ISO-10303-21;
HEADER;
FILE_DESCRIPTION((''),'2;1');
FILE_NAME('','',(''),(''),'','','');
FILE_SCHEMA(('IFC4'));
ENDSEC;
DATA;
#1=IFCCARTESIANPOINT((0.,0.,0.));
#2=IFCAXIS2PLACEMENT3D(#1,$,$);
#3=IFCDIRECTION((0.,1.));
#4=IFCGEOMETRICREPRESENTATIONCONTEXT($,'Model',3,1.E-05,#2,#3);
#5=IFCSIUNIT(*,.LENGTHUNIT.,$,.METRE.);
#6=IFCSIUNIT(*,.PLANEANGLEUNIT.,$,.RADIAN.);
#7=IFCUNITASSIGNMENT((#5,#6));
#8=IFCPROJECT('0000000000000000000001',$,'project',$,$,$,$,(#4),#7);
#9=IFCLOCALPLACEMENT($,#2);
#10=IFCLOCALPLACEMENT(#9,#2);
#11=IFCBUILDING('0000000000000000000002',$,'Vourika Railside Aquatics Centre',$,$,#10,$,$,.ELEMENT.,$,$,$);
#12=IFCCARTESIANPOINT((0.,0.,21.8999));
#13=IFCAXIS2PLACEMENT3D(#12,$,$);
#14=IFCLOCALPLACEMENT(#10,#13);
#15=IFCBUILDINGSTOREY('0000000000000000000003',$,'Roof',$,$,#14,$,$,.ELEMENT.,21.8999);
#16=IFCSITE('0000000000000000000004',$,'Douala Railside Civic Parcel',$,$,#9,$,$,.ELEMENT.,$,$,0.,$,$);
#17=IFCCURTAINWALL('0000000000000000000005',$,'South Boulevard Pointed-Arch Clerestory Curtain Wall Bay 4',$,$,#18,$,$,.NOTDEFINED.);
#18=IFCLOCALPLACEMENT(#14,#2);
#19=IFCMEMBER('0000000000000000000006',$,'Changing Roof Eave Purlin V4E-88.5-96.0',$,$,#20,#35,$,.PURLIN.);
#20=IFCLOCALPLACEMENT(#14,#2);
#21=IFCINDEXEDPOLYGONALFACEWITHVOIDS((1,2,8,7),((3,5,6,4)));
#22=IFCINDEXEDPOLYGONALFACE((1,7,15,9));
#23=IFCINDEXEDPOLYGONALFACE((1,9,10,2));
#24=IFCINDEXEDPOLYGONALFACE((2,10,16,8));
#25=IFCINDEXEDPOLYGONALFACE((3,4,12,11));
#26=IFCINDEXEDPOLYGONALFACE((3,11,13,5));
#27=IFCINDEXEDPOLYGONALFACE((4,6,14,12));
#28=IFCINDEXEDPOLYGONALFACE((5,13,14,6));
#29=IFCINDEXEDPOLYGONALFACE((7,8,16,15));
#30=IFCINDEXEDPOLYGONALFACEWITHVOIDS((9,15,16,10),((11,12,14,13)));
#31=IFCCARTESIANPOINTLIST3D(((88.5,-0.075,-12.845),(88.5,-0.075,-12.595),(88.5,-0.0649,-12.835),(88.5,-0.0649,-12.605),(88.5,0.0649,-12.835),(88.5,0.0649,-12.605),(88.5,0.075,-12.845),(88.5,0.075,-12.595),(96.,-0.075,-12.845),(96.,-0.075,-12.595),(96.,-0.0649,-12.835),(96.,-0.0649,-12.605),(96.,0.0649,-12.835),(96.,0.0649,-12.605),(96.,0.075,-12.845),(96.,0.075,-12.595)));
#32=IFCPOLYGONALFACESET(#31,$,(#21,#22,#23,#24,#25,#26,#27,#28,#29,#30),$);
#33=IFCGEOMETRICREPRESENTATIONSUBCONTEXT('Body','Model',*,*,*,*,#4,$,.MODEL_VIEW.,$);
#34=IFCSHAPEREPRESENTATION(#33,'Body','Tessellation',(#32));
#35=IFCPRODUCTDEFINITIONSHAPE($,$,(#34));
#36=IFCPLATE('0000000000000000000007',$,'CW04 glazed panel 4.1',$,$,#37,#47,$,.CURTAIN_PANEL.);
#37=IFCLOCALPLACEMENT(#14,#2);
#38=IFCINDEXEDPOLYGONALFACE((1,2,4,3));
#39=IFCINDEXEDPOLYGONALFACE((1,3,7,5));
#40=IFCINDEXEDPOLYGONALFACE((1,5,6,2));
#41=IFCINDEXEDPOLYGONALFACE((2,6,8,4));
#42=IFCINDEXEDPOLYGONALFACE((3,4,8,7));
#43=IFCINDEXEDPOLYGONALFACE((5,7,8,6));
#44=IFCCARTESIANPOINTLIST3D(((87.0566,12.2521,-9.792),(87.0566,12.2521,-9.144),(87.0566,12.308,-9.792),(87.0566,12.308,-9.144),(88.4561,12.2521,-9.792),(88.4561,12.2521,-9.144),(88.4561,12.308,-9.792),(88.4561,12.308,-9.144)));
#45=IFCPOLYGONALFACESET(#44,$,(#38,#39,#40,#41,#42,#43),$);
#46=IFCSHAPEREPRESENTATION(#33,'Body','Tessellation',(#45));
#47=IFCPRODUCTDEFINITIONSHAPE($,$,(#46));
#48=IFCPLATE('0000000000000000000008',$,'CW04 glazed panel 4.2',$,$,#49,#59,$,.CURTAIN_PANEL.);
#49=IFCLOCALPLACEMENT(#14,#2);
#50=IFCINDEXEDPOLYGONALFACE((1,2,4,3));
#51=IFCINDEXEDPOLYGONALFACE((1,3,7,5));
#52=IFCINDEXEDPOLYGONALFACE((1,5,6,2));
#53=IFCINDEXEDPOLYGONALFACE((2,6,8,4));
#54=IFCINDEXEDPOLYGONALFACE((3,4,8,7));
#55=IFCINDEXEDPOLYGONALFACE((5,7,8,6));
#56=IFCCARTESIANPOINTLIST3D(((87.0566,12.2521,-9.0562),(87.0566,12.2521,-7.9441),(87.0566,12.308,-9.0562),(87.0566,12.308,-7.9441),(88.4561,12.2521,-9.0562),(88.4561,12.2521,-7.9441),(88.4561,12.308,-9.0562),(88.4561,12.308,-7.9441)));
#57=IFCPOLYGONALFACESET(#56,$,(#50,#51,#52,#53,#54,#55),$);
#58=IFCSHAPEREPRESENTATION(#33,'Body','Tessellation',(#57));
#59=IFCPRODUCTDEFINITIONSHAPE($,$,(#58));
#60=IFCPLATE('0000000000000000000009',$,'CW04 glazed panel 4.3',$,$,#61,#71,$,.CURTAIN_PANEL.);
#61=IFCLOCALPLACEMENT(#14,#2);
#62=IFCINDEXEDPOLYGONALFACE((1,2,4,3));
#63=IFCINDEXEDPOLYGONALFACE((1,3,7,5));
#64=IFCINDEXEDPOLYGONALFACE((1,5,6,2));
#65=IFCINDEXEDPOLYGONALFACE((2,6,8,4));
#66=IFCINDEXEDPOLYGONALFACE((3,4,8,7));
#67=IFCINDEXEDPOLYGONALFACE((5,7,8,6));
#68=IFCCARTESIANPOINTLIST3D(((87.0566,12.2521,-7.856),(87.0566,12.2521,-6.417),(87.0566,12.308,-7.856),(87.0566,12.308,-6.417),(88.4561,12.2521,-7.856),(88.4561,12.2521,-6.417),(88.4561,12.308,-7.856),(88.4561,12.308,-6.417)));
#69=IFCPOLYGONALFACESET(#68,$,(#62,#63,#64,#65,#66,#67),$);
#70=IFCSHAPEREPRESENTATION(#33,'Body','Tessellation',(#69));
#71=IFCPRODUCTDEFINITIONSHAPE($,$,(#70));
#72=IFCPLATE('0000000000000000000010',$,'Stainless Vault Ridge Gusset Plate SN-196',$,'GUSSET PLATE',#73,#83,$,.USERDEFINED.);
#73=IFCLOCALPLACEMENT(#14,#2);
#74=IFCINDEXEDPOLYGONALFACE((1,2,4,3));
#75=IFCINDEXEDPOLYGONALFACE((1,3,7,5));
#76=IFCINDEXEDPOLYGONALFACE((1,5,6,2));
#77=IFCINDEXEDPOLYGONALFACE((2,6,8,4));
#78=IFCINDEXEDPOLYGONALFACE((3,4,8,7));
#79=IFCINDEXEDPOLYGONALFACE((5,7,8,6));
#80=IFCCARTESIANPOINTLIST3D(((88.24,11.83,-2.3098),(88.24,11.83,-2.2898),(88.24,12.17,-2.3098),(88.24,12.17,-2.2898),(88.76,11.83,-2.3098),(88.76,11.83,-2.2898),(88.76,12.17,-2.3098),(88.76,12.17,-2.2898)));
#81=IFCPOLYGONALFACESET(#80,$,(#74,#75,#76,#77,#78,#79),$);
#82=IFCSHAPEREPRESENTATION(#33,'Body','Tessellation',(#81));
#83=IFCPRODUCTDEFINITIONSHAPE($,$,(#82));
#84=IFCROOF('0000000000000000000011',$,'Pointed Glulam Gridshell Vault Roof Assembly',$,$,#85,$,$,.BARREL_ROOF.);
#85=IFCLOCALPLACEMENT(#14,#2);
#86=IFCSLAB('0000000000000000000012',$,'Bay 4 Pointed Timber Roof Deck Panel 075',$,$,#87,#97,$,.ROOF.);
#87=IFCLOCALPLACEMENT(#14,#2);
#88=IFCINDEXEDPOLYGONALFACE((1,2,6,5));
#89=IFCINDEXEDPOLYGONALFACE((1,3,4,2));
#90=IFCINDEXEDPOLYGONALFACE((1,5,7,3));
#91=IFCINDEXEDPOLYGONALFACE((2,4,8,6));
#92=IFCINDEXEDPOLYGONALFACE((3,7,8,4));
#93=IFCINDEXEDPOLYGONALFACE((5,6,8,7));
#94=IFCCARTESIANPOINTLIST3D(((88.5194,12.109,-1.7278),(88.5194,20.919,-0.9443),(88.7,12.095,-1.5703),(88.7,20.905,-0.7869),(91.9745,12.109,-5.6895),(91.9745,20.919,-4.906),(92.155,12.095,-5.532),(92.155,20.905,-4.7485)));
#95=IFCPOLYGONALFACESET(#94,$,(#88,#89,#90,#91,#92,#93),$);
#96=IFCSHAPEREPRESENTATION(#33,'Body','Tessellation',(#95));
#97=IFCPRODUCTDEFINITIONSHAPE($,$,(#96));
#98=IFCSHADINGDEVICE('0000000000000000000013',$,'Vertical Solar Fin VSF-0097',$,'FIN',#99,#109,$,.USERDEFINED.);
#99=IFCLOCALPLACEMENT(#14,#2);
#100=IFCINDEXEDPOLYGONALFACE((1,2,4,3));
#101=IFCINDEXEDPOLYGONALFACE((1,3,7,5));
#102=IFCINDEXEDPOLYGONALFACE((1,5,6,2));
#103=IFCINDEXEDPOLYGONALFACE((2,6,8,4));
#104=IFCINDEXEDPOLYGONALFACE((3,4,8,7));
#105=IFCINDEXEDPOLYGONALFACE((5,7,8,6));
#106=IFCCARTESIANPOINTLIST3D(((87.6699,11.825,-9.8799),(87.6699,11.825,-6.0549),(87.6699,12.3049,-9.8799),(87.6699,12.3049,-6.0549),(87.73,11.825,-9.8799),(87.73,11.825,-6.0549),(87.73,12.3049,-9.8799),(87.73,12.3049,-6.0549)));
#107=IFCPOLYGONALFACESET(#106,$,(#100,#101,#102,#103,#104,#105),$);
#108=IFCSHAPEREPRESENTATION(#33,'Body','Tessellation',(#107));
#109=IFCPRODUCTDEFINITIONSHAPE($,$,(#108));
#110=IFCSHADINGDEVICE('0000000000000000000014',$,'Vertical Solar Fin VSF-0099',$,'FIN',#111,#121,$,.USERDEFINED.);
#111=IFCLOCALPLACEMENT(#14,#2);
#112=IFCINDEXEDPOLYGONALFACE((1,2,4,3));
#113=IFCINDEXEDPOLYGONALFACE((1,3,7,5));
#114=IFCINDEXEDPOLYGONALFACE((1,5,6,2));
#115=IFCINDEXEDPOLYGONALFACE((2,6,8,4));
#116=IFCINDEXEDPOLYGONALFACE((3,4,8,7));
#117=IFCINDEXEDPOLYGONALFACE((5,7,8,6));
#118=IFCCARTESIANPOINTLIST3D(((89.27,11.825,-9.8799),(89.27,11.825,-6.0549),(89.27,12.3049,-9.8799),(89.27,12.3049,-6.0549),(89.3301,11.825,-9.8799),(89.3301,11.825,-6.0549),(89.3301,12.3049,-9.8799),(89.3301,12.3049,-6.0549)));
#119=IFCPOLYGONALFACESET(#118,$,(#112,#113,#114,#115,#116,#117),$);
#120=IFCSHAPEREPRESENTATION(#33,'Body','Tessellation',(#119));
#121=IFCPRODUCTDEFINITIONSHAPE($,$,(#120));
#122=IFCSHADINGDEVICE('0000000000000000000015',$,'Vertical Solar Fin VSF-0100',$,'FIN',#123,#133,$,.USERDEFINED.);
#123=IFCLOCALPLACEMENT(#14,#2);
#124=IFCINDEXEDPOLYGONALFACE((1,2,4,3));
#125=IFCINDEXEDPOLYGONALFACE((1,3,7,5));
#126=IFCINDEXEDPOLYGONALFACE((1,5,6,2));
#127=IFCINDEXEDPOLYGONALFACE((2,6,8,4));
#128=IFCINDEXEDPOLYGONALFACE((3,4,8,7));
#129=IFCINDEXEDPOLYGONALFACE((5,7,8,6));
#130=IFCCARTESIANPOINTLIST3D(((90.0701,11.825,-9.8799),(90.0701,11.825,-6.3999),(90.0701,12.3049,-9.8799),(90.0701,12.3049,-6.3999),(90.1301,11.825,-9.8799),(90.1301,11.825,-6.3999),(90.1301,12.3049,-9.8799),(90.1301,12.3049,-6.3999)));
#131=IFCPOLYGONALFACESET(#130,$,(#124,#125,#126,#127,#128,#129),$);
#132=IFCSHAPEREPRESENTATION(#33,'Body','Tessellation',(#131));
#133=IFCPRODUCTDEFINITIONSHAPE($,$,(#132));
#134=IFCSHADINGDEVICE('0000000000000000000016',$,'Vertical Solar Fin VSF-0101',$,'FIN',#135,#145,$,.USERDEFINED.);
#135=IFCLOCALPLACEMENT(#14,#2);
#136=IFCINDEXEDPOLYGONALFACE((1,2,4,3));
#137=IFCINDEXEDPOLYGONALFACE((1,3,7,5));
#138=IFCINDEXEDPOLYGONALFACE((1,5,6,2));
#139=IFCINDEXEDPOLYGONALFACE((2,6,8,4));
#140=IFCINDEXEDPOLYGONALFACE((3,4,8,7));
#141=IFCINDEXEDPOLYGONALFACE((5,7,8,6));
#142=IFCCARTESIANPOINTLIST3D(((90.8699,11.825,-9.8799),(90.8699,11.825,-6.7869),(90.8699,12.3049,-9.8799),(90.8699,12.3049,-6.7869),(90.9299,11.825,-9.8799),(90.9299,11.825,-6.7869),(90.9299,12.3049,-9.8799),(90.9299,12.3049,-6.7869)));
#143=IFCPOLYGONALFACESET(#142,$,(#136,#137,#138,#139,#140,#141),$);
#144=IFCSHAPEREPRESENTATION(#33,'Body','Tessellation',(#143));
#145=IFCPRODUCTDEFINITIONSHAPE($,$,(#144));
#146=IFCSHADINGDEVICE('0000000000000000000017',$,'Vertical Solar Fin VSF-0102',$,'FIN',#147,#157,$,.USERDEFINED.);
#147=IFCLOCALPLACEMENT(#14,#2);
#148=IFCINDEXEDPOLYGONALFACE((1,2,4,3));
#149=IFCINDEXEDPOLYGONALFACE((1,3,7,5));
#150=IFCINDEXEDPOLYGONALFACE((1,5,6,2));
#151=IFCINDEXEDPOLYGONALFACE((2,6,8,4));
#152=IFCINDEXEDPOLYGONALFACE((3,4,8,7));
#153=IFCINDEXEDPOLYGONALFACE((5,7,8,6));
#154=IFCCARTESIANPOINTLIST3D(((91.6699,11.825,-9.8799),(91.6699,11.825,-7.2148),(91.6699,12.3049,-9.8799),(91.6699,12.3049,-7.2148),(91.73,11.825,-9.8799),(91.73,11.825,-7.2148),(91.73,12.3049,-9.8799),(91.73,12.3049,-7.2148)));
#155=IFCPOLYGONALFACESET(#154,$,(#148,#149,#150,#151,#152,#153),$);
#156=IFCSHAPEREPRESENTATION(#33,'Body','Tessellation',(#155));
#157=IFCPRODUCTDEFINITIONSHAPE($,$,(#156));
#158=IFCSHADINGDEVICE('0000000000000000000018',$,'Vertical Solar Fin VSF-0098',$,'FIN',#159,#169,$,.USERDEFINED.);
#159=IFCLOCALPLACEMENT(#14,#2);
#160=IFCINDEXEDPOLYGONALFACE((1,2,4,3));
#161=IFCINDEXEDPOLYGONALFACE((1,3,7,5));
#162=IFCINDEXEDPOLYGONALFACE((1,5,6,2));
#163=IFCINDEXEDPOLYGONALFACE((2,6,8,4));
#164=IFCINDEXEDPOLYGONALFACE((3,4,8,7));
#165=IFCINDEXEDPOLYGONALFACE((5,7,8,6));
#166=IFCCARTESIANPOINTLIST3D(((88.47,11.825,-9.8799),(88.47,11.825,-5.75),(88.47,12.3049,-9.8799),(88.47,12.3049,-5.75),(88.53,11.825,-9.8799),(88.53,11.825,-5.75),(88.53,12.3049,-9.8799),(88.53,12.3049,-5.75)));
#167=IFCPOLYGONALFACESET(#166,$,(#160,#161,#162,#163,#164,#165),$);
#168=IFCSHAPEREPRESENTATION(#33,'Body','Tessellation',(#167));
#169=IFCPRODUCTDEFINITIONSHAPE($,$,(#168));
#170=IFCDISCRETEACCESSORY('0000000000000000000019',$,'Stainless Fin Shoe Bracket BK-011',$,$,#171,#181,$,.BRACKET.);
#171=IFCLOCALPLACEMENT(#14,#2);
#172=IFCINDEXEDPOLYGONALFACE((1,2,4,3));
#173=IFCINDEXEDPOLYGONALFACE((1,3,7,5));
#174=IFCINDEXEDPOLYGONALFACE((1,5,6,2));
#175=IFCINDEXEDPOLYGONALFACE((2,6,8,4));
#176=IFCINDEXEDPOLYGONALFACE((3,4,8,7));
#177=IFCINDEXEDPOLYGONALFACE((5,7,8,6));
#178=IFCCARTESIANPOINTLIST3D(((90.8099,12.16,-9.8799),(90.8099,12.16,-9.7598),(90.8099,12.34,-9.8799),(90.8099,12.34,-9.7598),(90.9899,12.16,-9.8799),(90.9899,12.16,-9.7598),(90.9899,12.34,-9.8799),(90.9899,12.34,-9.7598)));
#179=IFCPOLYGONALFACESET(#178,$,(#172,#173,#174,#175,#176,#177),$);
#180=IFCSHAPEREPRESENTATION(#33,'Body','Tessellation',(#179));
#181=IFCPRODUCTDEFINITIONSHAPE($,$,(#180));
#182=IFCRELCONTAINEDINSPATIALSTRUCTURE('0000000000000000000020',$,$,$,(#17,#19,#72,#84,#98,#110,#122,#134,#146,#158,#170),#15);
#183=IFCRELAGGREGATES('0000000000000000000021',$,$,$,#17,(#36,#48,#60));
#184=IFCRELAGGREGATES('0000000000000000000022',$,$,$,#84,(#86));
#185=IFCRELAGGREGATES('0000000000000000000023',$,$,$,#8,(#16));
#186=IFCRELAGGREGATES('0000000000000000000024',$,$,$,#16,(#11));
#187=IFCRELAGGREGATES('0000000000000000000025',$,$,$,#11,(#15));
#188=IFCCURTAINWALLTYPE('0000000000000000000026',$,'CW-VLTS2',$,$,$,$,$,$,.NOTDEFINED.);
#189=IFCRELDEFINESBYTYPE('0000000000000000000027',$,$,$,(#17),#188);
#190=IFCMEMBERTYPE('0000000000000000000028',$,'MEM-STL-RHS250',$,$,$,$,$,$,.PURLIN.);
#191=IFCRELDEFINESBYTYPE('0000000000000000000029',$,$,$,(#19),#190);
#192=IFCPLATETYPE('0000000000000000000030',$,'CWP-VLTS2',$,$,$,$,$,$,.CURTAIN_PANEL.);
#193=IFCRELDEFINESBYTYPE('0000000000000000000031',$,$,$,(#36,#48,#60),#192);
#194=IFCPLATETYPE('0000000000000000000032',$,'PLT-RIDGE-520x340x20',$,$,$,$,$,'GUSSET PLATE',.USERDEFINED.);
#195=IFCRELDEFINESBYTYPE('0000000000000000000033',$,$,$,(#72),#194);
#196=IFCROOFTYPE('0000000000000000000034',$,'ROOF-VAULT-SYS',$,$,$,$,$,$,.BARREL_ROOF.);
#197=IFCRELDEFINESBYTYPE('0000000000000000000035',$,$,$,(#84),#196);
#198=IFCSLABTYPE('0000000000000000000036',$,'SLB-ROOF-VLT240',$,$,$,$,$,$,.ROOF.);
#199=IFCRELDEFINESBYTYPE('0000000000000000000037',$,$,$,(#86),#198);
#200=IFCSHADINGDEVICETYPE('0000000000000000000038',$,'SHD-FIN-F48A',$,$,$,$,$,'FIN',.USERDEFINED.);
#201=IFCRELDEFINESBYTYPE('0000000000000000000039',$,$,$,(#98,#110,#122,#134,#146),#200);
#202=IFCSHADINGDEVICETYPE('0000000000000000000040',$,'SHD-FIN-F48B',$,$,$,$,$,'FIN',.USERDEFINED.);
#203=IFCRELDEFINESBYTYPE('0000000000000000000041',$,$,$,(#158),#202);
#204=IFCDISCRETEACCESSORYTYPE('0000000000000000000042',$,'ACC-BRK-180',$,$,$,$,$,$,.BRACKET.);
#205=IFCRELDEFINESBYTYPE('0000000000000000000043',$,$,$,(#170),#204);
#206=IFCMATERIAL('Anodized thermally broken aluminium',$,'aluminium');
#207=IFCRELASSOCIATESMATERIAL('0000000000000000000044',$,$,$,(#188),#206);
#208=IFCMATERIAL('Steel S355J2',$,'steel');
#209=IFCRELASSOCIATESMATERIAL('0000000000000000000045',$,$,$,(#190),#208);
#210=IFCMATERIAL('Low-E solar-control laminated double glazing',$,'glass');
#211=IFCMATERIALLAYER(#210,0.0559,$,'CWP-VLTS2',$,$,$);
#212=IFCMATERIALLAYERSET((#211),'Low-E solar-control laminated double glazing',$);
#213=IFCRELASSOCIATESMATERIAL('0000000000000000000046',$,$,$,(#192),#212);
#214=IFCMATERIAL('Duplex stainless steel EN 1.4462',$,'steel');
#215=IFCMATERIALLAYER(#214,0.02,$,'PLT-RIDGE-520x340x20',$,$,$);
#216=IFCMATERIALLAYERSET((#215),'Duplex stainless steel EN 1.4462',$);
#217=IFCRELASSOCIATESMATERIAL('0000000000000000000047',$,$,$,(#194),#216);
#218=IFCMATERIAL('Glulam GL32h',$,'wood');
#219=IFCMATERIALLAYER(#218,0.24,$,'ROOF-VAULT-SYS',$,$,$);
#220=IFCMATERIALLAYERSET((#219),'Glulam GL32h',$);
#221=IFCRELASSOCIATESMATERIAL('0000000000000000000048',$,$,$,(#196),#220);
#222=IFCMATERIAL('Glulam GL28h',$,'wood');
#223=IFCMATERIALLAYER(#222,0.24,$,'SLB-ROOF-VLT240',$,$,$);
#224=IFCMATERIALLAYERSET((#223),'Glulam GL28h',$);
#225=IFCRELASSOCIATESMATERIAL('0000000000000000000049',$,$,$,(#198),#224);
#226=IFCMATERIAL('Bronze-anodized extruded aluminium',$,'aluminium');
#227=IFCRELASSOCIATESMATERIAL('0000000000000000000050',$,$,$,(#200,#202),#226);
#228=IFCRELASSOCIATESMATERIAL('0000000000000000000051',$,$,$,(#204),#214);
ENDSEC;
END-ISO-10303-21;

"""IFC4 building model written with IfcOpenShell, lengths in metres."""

from ifc_helpers import new_model, si_unit, direction, frame, origin, origin_2d, place, context, subcontext, project, spatial, polyline, rectangle, hollow_rectangle, outline, extrude, material, layer, layer_set, material_profile, profile_set, type_object, element, aggregate, save


model = new_model("IFC4")

# Units and contexts
model_context = context("Model", 3, precision=1e-05, world=origin(), true_north=direction((0.0, 1.0)))
body_context = subcontext(model_context, "Body", "Model", "MODEL_VIEW")
ifc_project = project(units=[si_unit("LENGTHUNIT", "METRE"), si_unit("PLANEANGLEUNIT", "RADIAN")], contexts=[model_context])

# Site, building, storey
site_placement = place(None, origin())
site = spatial("IfcSite", under=ifc_project, at=site_placement, Name="Douala Railside Civic Parcel", CompositionType="ELEMENT", RefElevation=0.0)
building_placement = place(site_placement, origin())
building = spatial("IfcBuilding", under=site, at=building_placement, Name="Vourika Railside Aquatics Centre", CompositionType="ELEMENT")
storey_placement = place(building_placement, frame((0.0, 0.0, 21.8999)))
storey = spatial("IfcBuildingStorey", under=building, at=storey_placement, Name="Roof", CompositionType="ELEMENT", Elevation=21.8999)

# Shared definitions
ifc_material_1 = material(Name="Steel S355J2", Category="steel")

# Shared definitions
ifc_material_2 = material(Name="Glulam GL32h", Category="wood")

# Curtain wall
ifc_material_3 = material(Name="Anodized thermally broken aluminium", Category="aluminium")
curtain_wall_type = type_object("IfcCurtainWallType", Name="CW-VLTS2", PredefinedType="NOTDEFINED", material=ifc_material_3)
curtain_wall_placement = place(storey_placement, origin())
curtain_wall = element("IfcCurtainWall", 1, at=curtain_wall_placement, inside=storey, type_object=curtain_wall_type, Name="South Boulevard Pointed-Arch Clerestory Curtain Wall Bay 4", PredefinedType="NOTDEFINED")

# Member
ifc_material_4 = material(Name="Glulam GL28h", Category="wood")
ifc_material_profile_1 = material_profile(ifc_material_1, hollow_rectangle(XDim=0.1499, YDim=0.25, WallThickness=0.01, at=origin_2d()), Name="RHS 250x150x10")
ifc_profile_set_1 = profile_set([ifc_material_profile_1], Name="Steel S355J2")
member_type_1 = type_object("IfcMemberType", Name="MEM-STL-RHS250", PredefinedType="PURLIN", material=ifc_profile_set_1)
member_1_placement = place(storey_placement, frame((88.5, 0.0, -12.72), z_axis=(1.0, 0.0, 0.0), x_axis=(0.0, 1.0, 0.0)))
element("IfcMember", 2, at=member_1_placement, inside=storey, type_object=member_type_1, Name="Changing Roof Eave Purlin V4E-88.5-96.0", PredefinedType="PURLIN", context=body_context, shape_type="SweptSolid", body=[
    extrude(hollow_rectangle(XDim=0.1499, YDim=0.25, WallThickness=0.01, at=origin_2d()), origin(), (0.0, 0.0, 1.0), 7.5),
])

# Plates
ifc_material_5 = material(Name="Low-E solar-control laminated double glazing", Category="glass")
ifc_layer_1 = layer(ifc_material_5, 0.0559, Name="CWP-VLTS2")
ifc_layer_set_1 = layer_set([ifc_layer_1], Name="Low-E solar-control laminated double glazing")
plate_type_1 = type_object("IfcPlateType", Name="CWP-VLTS2", PredefinedType="CURTAIN_PANEL", material=ifc_layer_set_1)
plate_1_placement = place(storey_placement, frame((87.7563, 12.28, -9.792), z_axis=(0.0, 0.0, 1.0), x_axis=(1.0, 0.0, 0.0)))
plate_1 = element("IfcPlate", 3, at=plate_1_placement, type_object=plate_type_1, Name="CW04 glazed panel 4.1", PredefinedType="CURTAIN_PANEL", context=body_context, shape_type="SweptSolid", body=[
    extrude(rectangle(XDim=1.3994, YDim=0.0559, at=origin_2d()), origin(), (0.0, 0.0, 1.0), 0.6479),
])
plate_2_placement = place(storey_placement, frame((87.7563, 12.28, -9.0562), z_axis=(0.0, 0.0, 1.0), x_axis=(1.0, 0.0, 0.0)))
plate_2 = element("IfcPlate", 4, at=plate_2_placement, type_object=plate_type_1, Name="CW04 glazed panel 4.2", PredefinedType="CURTAIN_PANEL", context=body_context, shape_type="SweptSolid", body=[
    extrude(rectangle(XDim=1.3994, YDim=0.0559, at=origin_2d()), origin(), (0.0, 0.0, 1.0), 1.1121),
])
plate_3_placement = place(storey_placement, frame((87.7563, 12.28, -7.856), z_axis=(0.0, 0.0, 1.0), x_axis=(1.0, 0.0, 0.0)))
plate_3 = element("IfcPlate", 5, at=plate_3_placement, type_object=plate_type_1, Name="CW04 glazed panel 4.3", PredefinedType="CURTAIN_PANEL", context=body_context, shape_type="SweptSolid", body=[
    extrude(rectangle(XDim=1.3994, YDim=0.0559, at=origin_2d()), origin(), (0.0, 0.0, 1.0), 1.439),
])
aggregate(curtain_wall, [plate_1, plate_2, plate_3])
ifc_material_6 = material(Name="Duplex stainless steel EN 1.4462", Category="steel")
ifc_layer_2 = layer(ifc_material_6, 0.02, Name="PLT-RIDGE-520x340x20")
ifc_layer_set_2 = layer_set([ifc_layer_2], Name="Duplex stainless steel EN 1.4462")
plate_type_2 = type_object("IfcPlateType", Name="PLT-RIDGE-520x340x20", ElementType="GUSSET PLATE", PredefinedType="USERDEFINED", material=ifc_layer_set_2)
plate_4_placement = place(storey_placement, frame((88.5, 12.0, -2.3098), z_axis=(0.0, 0.0, 1.0), x_axis=(1.0, 0.0, 0.0)))
element("IfcPlate", 6, at=plate_4_placement, inside=storey, type_object=plate_type_2, Name="Stainless Vault Ridge Gusset Plate SN-196", ObjectType="GUSSET PLATE", PredefinedType="USERDEFINED", context=body_context, shape_type="SweptSolid", body=[
    extrude(rectangle(XDim=0.52, YDim=0.3401, at=origin_2d()), origin(), (0.0, 0.0, 1.0), 0.02),
])

# Roof, slab
ifc_layer_3 = layer(ifc_material_2, 0.24, Name="ROOF-VAULT-SYS")
ifc_layer_set_3 = layer_set([ifc_layer_3], Name="Glulam GL32h")
roof_type = type_object("IfcRoofType", Name="ROOF-VAULT-SYS", PredefinedType="BARREL_ROOF", material=ifc_layer_set_3)
roof_placement = place(storey_placement, origin())
roof = element("IfcRoof", 7, at=roof_placement, inside=storey, type_object=roof_type, Name="Pointed Glulam Gridshell Vault Roof Assembly", PredefinedType="BARREL_ROOF")
ifc_layer_4 = layer(ifc_material_4, 0.24, Name="SLB-ROOF-VLT240")
ifc_layer_set_4 = layer_set([ifc_layer_4], Name="Glulam GL28h")
slab_type = type_object("IfcSlabType", Name="SLB-ROOF-VLT240", PredefinedType="ROOF", material=ifc_layer_set_4)
slab_placement = place(storey_placement, frame((88.7, 12.095, -1.5703), z_axis=(0.752365, -0.05835, 0.656157), x_axis=(0.657277, 0.0, -0.753649)))
slab = element("IfcSlab", 8, at=slab_placement, type_object=slab_type, Name="Bay 4 Pointed Timber Roof Deck Panel 075", PredefinedType="ROOF", context=body_context, shape_type="SweptSolid", body=[
    extrude(outline(polyline([(0.0, 0.0), (5.2567, 0.0), (4.6662, 8.8251), (-0.5904, 8.8251), (0.0, 0.0)])), origin(), (0.0, 0.0, -1.0), 0.24),
])
aggregate(roof, [slab])

# Shading devices
ifc_material_7 = material(Name="Bronze-anodized extruded aluminium", Category="aluminium")
ifc_material_profile_2 = material_profile(ifc_material_7, rectangle(XDim=0.0601, YDim=0.48, at=origin_2d()), Name="ALU-FIN 60x480")
ifc_profile_set_2 = profile_set([ifc_material_profile_2], Name="Bronze-anodized extruded aluminium")
shading_device_type_1 = type_object("IfcShadingDeviceType", Name="SHD-FIN-F48A", ElementType="FIN", PredefinedType="USERDEFINED", material=ifc_profile_set_2)
for number, where, z_axis, x_axis, name in (
    (9, (87.7, 12.0649, -9.8799), (0.0, 0.0, 1.0), (-1.0, 0.0, 0.0), "Vertical Solar Fin VSF-0097"),
    (10, (89.3, 12.0649, -9.8799), (0.0, 0.0, 1.0), (-1.0, 0.0, 0.0), "Vertical Solar Fin VSF-0099"),
):
    element("IfcShadingDevice", number, at=place(storey_placement, frame(where, z_axis=z_axis, x_axis=x_axis)), inside=storey, type_object=shading_device_type_1, Name=name, ObjectType="FIN", PredefinedType="USERDEFINED", context=body_context, shape_type="SweptSolid", body=[
        extrude(rectangle(XDim=0.0601, YDim=0.48, at=origin_2d()), origin(), (0.0, 0.0, 1.0), 3.825),
    ])
shading_device_1_placement = place(storey_placement, frame((90.1001, 12.0649, -9.8799), z_axis=(0.0, 0.0, 1.0), x_axis=(-1.0, 0.0, 0.0)))
element("IfcShadingDevice", 11, at=shading_device_1_placement, inside=storey, type_object=shading_device_type_1, Name="Vertical Solar Fin VSF-0100", ObjectType="FIN", PredefinedType="USERDEFINED", context=body_context, shape_type="SweptSolid", body=[
    extrude(rectangle(XDim=0.0601, YDim=0.48, at=origin_2d()), origin(), (0.0, 0.0, 1.0), 3.48),
])
shading_device_2_placement = place(storey_placement, frame((90.8999, 12.0649, -9.8799), z_axis=(0.0, 0.0, 1.0), x_axis=(-1.0, 0.0, 0.0)))
element("IfcShadingDevice", 12, at=shading_device_2_placement, inside=storey, type_object=shading_device_type_1, Name="Vertical Solar Fin VSF-0101", ObjectType="FIN", PredefinedType="USERDEFINED", context=body_context, shape_type="SweptSolid", body=[
    extrude(rectangle(XDim=0.0601, YDim=0.48, at=origin_2d()), origin(), (0.0, 0.0, 1.0), 3.093),
])
shading_device_3_placement = place(storey_placement, frame((91.7, 12.0649, -9.8799), z_axis=(0.0, 0.0, 1.0), x_axis=(-1.0, 0.0, 0.0)))
element("IfcShadingDevice", 13, at=shading_device_3_placement, inside=storey, type_object=shading_device_type_1, Name="Vertical Solar Fin VSF-0102", ObjectType="FIN", PredefinedType="USERDEFINED", context=body_context, shape_type="SweptSolid", body=[
    extrude(rectangle(XDim=0.0601, YDim=0.48, at=origin_2d()), origin(), (0.0, 0.0, 1.0), 2.665),
])
ifc_material_profile_3 = material_profile(ifc_material_7, rectangle(XDim=0.0601, YDim=0.48, at=origin_2d()), Name="ALU-FIN 60x480")
ifc_profile_set_3 = profile_set([ifc_material_profile_3], Name="Bronze-anodized extruded aluminium")
shading_device_type_2 = type_object("IfcShadingDeviceType", Name="SHD-FIN-F48B", ElementType="FIN", PredefinedType="USERDEFINED", material=ifc_profile_set_3)
shading_device_4_placement = place(storey_placement, frame((88.5, 12.0649, -9.8799), z_axis=(0.0, 0.0, 1.0), x_axis=(-1.0, 0.0, 0.0)))
element("IfcShadingDevice", 14, at=shading_device_4_placement, inside=storey, type_object=shading_device_type_2, Name="Vertical Solar Fin VSF-0098", ObjectType="FIN", PredefinedType="USERDEFINED", context=body_context, shape_type="SweptSolid", body=[
    extrude(rectangle(XDim=0.0601, YDim=0.48, at=origin_2d()), origin(), (0.0, 0.0, 1.0), 4.1299),
])

# Discrete accessory
discrete_accessory_type = type_object("IfcDiscreteAccessoryType", Name="ACC-BRK-180", PredefinedType="BRACKET", material=ifc_material_6)
discrete_accessory_placement = place(storey_placement, frame((90.8999, 12.25, -9.8799), z_axis=(0.0, 0.0, 1.0), x_axis=(0.0, -1.0, 0.0)))
element("IfcDiscreteAccessory", 15, at=discrete_accessory_placement, inside=storey, type_object=discrete_accessory_type, Name="Stainless Fin Shoe Bracket BK-011", PredefinedType="BRACKET", context=body_context, shape_type="SweptSolid", body=[
    extrude(rectangle(XDim=0.1799, YDim=0.1799, at=origin_2d()), origin(), (0.0, 0.0, 1.0), 0.1201),
])

save(model, "model.ifc")
